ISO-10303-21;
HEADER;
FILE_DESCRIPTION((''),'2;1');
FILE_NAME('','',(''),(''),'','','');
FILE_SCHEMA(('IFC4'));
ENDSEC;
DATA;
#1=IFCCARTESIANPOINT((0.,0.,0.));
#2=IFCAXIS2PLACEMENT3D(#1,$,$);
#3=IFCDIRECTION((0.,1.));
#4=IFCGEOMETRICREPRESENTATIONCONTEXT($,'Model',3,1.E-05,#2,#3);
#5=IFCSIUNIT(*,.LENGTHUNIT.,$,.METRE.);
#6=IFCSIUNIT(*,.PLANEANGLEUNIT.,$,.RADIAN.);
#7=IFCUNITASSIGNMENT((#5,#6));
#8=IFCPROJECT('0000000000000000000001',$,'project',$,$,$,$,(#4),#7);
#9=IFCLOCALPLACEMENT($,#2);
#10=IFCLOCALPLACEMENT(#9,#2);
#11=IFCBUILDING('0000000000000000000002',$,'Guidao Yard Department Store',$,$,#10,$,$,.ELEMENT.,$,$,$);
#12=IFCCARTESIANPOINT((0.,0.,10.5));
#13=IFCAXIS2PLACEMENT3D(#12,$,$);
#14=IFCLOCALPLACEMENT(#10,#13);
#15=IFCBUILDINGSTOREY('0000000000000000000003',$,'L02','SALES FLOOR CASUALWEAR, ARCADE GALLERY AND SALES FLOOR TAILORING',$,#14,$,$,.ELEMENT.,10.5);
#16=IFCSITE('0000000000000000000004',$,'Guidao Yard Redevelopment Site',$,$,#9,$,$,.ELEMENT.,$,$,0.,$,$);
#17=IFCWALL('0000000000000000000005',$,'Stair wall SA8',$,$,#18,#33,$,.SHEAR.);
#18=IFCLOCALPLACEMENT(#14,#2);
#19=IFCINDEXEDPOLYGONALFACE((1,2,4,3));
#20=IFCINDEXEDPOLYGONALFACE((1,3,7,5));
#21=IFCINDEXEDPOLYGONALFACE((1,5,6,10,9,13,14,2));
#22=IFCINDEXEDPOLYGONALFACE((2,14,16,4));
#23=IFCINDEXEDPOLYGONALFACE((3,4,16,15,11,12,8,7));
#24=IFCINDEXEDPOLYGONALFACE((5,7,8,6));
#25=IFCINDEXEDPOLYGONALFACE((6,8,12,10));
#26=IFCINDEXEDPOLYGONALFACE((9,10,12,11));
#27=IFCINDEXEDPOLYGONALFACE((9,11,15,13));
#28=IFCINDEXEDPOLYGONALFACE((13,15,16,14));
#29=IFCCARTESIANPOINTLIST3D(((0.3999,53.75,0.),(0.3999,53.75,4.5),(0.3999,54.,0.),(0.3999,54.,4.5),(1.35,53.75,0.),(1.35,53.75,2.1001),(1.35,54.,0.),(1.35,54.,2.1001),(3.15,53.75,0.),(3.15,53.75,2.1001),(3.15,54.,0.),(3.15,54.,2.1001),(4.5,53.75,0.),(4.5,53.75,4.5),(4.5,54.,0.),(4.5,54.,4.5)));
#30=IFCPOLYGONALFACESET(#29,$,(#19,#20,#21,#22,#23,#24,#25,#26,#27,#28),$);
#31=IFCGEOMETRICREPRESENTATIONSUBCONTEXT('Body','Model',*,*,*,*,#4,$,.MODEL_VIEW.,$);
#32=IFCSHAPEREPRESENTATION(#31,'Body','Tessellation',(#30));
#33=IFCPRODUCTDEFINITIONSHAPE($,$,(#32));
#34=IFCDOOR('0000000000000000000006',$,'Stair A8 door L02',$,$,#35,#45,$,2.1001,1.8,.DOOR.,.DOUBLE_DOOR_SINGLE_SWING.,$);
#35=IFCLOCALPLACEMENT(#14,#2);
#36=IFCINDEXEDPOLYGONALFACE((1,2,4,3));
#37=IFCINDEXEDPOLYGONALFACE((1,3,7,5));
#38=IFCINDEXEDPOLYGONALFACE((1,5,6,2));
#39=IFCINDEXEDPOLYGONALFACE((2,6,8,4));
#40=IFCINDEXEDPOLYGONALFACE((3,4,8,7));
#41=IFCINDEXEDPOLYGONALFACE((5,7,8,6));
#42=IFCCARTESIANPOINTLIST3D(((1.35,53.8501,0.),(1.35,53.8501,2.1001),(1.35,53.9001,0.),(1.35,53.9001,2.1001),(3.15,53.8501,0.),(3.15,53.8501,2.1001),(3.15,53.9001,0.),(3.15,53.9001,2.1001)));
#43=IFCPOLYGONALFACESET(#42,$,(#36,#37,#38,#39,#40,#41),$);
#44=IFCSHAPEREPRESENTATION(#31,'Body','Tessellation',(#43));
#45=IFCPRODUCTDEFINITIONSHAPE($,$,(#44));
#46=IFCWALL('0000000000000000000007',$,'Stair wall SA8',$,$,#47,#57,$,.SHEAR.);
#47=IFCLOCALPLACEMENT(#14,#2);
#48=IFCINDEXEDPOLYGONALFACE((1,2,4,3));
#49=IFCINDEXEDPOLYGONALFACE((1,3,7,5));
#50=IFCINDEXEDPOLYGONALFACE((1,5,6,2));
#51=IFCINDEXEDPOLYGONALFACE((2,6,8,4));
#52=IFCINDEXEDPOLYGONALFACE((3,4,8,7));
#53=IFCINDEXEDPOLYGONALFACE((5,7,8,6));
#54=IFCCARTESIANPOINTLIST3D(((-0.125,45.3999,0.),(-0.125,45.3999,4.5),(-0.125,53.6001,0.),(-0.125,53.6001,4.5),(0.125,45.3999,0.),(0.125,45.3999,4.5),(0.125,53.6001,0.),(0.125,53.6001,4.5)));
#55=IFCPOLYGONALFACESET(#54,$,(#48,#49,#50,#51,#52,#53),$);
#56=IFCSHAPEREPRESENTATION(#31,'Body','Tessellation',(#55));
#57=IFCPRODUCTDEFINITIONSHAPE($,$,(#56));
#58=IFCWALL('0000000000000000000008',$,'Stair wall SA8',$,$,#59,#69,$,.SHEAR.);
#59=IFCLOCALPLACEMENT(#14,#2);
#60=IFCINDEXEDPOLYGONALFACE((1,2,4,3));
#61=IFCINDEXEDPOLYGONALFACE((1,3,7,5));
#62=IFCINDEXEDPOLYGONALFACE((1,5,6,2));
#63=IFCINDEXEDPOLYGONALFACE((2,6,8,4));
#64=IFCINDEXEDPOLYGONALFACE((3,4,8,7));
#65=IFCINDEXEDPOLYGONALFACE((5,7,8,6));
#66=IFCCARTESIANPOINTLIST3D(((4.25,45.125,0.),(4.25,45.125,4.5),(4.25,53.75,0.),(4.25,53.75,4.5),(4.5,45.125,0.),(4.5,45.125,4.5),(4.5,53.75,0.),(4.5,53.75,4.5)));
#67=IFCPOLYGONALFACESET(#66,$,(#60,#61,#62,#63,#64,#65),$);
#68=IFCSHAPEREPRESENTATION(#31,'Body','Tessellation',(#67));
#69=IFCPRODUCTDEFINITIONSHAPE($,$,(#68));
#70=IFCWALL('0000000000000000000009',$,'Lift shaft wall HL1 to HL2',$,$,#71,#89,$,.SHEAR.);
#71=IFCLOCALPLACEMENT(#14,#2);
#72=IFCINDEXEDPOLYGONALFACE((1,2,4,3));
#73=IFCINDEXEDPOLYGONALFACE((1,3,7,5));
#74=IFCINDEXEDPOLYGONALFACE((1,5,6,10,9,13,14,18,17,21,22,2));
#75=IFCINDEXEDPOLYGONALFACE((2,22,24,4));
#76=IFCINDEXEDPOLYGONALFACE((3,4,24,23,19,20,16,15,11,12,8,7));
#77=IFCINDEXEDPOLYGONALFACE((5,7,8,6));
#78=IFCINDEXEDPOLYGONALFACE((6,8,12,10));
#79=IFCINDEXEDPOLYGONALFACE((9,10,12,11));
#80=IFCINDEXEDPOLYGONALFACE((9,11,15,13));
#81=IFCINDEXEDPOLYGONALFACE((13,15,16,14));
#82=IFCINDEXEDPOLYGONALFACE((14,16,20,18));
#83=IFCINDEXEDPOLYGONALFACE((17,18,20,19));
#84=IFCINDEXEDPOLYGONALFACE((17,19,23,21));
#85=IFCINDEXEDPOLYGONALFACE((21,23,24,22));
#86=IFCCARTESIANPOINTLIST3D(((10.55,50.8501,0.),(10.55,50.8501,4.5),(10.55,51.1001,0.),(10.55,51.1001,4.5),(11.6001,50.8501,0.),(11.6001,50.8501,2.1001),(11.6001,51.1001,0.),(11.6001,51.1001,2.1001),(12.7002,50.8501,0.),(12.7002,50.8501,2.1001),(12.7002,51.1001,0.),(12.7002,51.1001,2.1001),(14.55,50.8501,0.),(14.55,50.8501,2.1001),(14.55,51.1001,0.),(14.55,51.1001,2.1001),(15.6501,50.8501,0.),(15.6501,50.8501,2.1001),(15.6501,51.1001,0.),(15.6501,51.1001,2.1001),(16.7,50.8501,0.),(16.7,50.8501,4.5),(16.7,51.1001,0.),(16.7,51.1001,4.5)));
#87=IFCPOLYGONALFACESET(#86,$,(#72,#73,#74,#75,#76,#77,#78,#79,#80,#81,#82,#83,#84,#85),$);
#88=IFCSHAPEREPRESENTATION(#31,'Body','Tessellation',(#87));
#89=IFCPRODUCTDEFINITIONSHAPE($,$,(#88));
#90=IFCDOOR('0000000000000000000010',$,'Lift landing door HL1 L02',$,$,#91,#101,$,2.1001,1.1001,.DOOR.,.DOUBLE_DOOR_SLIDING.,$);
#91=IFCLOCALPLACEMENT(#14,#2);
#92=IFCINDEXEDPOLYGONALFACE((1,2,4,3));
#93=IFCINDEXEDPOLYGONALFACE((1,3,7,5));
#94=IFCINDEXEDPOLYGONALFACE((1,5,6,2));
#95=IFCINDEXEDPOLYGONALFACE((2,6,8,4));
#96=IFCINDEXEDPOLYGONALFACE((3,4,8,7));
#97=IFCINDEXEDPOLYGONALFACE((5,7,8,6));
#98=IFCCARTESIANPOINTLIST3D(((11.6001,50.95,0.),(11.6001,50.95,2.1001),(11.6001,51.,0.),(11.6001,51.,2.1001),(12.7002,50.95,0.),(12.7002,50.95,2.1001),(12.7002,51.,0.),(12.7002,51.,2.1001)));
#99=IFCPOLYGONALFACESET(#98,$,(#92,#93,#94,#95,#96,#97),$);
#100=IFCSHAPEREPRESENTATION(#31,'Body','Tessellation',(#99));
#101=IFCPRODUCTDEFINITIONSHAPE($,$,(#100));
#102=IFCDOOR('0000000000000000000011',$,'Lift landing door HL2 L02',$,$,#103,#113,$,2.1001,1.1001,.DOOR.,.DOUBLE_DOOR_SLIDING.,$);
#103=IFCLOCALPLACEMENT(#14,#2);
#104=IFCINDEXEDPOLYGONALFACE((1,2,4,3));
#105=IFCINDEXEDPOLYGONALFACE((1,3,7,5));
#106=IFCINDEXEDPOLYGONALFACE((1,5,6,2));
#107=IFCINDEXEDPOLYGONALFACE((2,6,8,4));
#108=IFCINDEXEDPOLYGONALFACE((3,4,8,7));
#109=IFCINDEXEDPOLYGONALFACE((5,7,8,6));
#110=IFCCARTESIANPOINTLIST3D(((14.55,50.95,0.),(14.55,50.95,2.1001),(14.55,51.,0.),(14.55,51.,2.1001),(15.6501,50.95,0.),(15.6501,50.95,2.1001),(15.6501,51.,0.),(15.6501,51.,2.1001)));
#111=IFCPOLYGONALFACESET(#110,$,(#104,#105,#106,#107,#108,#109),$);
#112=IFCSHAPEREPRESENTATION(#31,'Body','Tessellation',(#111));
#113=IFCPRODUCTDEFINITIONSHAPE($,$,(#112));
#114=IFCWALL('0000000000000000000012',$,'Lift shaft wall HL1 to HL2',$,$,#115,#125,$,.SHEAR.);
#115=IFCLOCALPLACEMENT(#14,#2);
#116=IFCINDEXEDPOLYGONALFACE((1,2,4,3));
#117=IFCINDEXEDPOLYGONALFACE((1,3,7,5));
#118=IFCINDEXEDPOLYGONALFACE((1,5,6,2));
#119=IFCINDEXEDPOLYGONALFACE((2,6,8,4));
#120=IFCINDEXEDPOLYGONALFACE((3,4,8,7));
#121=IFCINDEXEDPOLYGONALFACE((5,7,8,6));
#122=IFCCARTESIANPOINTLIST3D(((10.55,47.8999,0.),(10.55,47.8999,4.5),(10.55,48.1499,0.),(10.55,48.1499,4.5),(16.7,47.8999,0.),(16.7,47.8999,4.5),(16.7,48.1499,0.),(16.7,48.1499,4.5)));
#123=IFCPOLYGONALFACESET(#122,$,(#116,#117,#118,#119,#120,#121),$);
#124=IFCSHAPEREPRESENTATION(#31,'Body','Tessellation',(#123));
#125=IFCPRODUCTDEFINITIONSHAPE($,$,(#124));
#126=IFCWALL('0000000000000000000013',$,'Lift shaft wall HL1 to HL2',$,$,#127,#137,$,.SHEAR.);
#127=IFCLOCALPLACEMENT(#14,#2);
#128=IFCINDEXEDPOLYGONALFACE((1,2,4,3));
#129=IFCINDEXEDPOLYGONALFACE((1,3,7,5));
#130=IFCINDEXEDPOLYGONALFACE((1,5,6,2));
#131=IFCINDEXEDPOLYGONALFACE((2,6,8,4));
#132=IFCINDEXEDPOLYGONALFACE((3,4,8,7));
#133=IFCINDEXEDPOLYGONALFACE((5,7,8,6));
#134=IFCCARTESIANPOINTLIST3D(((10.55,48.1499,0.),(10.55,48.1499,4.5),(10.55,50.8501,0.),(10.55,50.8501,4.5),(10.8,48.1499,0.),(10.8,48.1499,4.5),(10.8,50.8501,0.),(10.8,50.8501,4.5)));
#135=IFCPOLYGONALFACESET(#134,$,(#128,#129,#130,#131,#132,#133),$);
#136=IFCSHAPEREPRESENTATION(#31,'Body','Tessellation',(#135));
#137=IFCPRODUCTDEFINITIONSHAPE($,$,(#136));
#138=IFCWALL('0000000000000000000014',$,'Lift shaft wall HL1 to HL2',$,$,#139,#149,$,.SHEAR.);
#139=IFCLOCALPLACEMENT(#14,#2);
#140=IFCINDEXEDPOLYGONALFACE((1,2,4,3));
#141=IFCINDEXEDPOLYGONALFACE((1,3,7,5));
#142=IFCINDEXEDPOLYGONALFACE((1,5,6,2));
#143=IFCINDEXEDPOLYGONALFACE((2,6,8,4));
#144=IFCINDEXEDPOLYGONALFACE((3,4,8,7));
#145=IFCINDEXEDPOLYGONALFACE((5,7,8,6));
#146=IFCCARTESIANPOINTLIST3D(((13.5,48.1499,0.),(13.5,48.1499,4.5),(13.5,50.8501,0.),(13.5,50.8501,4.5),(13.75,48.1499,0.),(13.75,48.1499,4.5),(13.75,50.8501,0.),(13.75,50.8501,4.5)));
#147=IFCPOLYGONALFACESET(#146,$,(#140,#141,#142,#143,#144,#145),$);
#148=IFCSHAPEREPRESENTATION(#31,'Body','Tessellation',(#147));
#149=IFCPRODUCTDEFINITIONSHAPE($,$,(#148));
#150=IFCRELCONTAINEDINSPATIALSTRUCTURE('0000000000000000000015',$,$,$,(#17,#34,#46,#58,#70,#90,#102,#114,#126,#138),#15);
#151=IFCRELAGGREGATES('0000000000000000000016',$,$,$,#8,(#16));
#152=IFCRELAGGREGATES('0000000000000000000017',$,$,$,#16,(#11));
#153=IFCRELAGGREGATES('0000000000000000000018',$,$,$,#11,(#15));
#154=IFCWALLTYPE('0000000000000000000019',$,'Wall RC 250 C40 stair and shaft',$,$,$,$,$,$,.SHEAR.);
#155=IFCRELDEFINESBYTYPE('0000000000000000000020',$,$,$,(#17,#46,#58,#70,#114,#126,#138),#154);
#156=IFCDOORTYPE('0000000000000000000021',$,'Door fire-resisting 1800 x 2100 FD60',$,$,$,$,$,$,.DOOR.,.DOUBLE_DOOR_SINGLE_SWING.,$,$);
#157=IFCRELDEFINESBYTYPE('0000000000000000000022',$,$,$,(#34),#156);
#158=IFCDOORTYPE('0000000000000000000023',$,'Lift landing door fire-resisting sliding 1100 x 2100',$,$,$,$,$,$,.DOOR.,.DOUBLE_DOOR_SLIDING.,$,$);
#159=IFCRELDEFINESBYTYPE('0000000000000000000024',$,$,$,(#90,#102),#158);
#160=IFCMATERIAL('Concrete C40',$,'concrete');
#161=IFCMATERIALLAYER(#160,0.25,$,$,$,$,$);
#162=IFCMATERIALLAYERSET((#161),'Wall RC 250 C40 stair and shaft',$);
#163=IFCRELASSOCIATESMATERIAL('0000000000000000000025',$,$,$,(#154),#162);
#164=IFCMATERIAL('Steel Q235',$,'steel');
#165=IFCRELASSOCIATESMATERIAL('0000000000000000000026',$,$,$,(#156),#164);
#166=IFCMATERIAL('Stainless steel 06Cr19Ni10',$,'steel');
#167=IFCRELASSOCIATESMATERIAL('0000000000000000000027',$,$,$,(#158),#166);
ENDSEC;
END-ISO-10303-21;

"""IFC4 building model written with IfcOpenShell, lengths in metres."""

from ifc_helpers import new_model, si_unit, direction, frame, frame_2d, origin, place, context, subcontext, project, spatial, rectangle, extrude, material, layer, layer_set, type_object, element, fill, save


model = new_model("IFC4")

# Units and contexts
model_context = context("Model", 3, precision=1e-05, world=origin(), true_north=direction((0.0, 1.0)))
body_context = subcontext(model_context, "Body", "Model", "MODEL_VIEW")
ifc_project = project(units=[si_unit("LENGTHUNIT", "METRE"), si_unit("PLANEANGLEUNIT", "RADIAN")], contexts=[model_context])

# Site, building, storey
site_placement = place(None, origin())
site = spatial("IfcSite", under=ifc_project, at=site_placement, Name="Guidao Yard Redevelopment Site", CompositionType="ELEMENT", RefElevation=0.0)
building_placement = place(site_placement, origin())
building = spatial("IfcBuilding", under=site, at=building_placement, Name="Guidao Yard Department Store", CompositionType="ELEMENT")
storey_placement = place(building_placement, frame((0.0, 0.0, 10.5)))
storey = spatial("IfcBuildingStorey", under=building, at=storey_placement, Name="L02", Description="SALES FLOOR CASUALWEAR, ARCADE GALLERY AND SALES FLOOR TAILORING", CompositionType="ELEMENT", Elevation=10.5)

# Shared definitions
ifc_material_1 = material(Name="Concrete C40", Category="concrete")
ifc_layer_1 = layer(ifc_material_1, 0.25)
ifc_layer_set_1 = layer_set([ifc_layer_1], Name="Wall RC 250 C40 stair and shaft")
wall_type_1 = type_object("IfcWallType", Name="Wall RC 250 C40 stair and shaft", PredefinedType="SHEAR", material=ifc_layer_set_1)

# Wall, opening, door
wall_1_placement = place(storey_placement, frame((0.3999, 53.875, 0.0), z_axis=(0.0, 0.0, 1.0), x_axis=(1.0, 0.0, 0.0)))
wall_1 = element("IfcWall", 1, at=wall_1_placement, inside=storey, type_object=wall_type_1, Name="Stair wall SA8", PredefinedType="SHEAR", context=body_context, shape_type="SweptSolid", body=[
    extrude(rectangle(XDim=4.1001, YDim=0.25, at=frame_2d((2.05, 0.0))), origin(), (0.0, 0.0, 1.0), 4.5),
])
opening_1_placement = place(wall_1_placement, frame((2.75, 0.0, 0.0), z_axis=(0.0, 0.0, 1.0), x_axis=(-1.0, 0.0, 0.0)))
opening_1 = element("IfcOpeningElement", 2, at=opening_1_placement, cuts=wall_1, PredefinedType="OPENING", context=body_context, shape_type="SweptSolid", body=[
    extrude(rectangle(XDim=1.8, YDim=2.1001, at=frame_2d((0.8999, 1.05))), frame((0.0, 0.135, 0.0), z_axis=(0.0, -1.0, 0.0), x_axis=(1.0, 0.0, 0.0)), (0.0, 0.0, 1.0), 0.27),
])
ifc_material_2 = material(Name="Steel Q235", Category="steel")
door_type_1 = type_object("IfcDoorType", Name="Door fire-resisting 1800 x 2100 FD60", OperationType="DOUBLE_DOOR_SINGLE_SWING", PredefinedType="DOOR", material=ifc_material_2)
door_1_placement = place(opening_1_placement, origin())
door_1 = element("IfcDoor", 3, at=door_1_placement, inside=storey, type_object=door_type_1, Name="Stair A8 door L02", OperationType="DOUBLE_DOOR_SINGLE_SWING", OverallHeight=2.1001, OverallWidth=1.8, PredefinedType="DOOR", context=body_context, shape_type="SweptSolid", body=[
    extrude(rectangle(XDim=1.8, YDim=2.1001, at=frame_2d((0.8999, 1.05))), frame((0.0, 0.0249, 0.0), z_axis=(0.0, -1.0, 0.0), x_axis=(1.0, 0.0, 0.0)), (0.0, 0.0, 1.0), 0.05),
])
fill(opening_1, door_1)

# Walls
wall_2_placement = place(storey_placement, frame((0.0, 45.3999, 0.0), z_axis=(0.0, 0.0, 1.0), x_axis=(0.0, 1.0, 0.0)))
element("IfcWall", 4, at=wall_2_placement, inside=storey, type_object=wall_type_1, Name="Stair wall SA8", PredefinedType="SHEAR", context=body_context, shape_type="SweptSolid", body=[
    extrude(rectangle(XDim=8.2002, YDim=0.25, at=frame_2d((4.1001, 0.0))), origin(), (0.0, 0.0, 1.0), 4.5),
])
wall_3_placement = place(storey_placement, frame((4.375, 45.125, 0.0), z_axis=(0.0, 0.0, 1.0), x_axis=(0.0, 1.0, 0.0)))
element("IfcWall", 5, at=wall_3_placement, inside=storey, type_object=wall_type_1, Name="Stair wall SA8", PredefinedType="SHEAR", context=body_context, shape_type="SweptSolid", body=[
    extrude(rectangle(XDim=8.625, YDim=0.25, at=frame_2d((4.3125, 0.0))), origin(), (0.0, 0.0, 1.0), 4.5),
])

# Wall, openings, doors
wall_4_placement = place(storey_placement, frame((10.55, 50.9751, 0.0), z_axis=(0.0, 0.0, 1.0), x_axis=(1.0, 0.0, 0.0)))
wall_4 = element("IfcWall", 6, at=wall_4_placement, inside=storey, type_object=wall_type_1, Name="Lift shaft wall HL1 to HL2", PredefinedType="SHEAR", context=body_context, shape_type="SweptSolid", body=[
    extrude(rectangle(XDim=6.1499, YDim=0.25, at=frame_2d((3.075, 0.0))), origin(), (0.0, 0.0, 1.0), 4.5),
])
opening_2_placement = place(wall_4_placement, frame((1.05, 0.0, 0.0)))
opening_2 = element("IfcOpeningElement", 7, at=opening_2_placement, cuts=wall_4, PredefinedType="OPENING", context=body_context, shape_type="SweptSolid", body=[
    extrude(rectangle(XDim=1.1001, YDim=2.1001, at=frame_2d((0.55, 1.05))), frame((0.0, 0.135, 0.0), z_axis=(0.0, -1.0, 0.0), x_axis=(1.0, 0.0, 0.0)), (0.0, 0.0, 1.0), 0.27),
])
opening_3_placement = place(wall_4_placement, frame((4.0, 0.0, 0.0)))
opening_3 = element("IfcOpeningElement", 8, at=opening_3_placement, cuts=wall_4, PredefinedType="OPENING", context=body_context, shape_type="SweptSolid", body=[
    extrude(rectangle(XDim=1.1001, YDim=2.1001, at=frame_2d((0.55, 1.05))), frame((0.0, 0.135, 0.0), z_axis=(0.0, -1.0, 0.0), x_axis=(1.0, 0.0, 0.0)), (0.0, 0.0, 1.0), 0.27),
])
ifc_material_3 = material(Name="Stainless steel 06Cr19Ni10", Category="steel")
door_type_2 = type_object("IfcDoorType", Name="Lift landing door fire-resisting sliding 1100 x 2100", OperationType="DOUBLE_DOOR_SLIDING", PredefinedType="DOOR", material=ifc_material_3)
door_2_placement = place(opening_2_placement, origin())
door_2 = element("IfcDoor", 9, at=door_2_placement, inside=storey, type_object=door_type_2, Name="Lift landing door HL1 L02", OperationType="DOUBLE_DOOR_SLIDING", OverallHeight=2.1001, OverallWidth=1.1001, PredefinedType="DOOR", context=body_context, shape_type="SweptSolid", body=[
    extrude(rectangle(XDim=1.1001, YDim=2.1001, at=frame_2d((0.55, 1.05))), frame((0.0, 0.0249, 0.0), z_axis=(0.0, -1.0, 0.0), x_axis=(1.0, 0.0, 0.0)), (0.0, 0.0, 1.0), 0.05),
])
fill(opening_2, door_2)
door_3_placement = place(opening_3_placement, origin())
door_3 = element("IfcDoor", 10, at=door_3_placement, inside=storey, type_object=door_type_2, Name="Lift landing door HL2 L02", OperationType="DOUBLE_DOOR_SLIDING", OverallHeight=2.1001, OverallWidth=1.1001, PredefinedType="DOOR", context=body_context, shape_type="SweptSolid", body=[
    extrude(rectangle(XDim=1.1001, YDim=2.1001, at=frame_2d((0.55, 1.05))), frame((0.0, 0.0249, 0.0), z_axis=(0.0, -1.0, 0.0), x_axis=(1.0, 0.0, 0.0)), (0.0, 0.0, 1.0), 0.05),
])
fill(opening_3, door_3)

# Walls
wall_5_placement = place(storey_placement, frame((10.55, 48.0249, 0.0), z_axis=(0.0, 0.0, 1.0), x_axis=(1.0, 0.0, 0.0)))
element("IfcWall", 11, at=wall_5_placement, inside=storey, type_object=wall_type_1, Name="Lift shaft wall HL1 to HL2", PredefinedType="SHEAR", context=body_context, shape_type="SweptSolid", body=[
    extrude(rectangle(XDim=6.1499, YDim=0.25, at=frame_2d((3.075, 0.0))), origin(), (0.0, 0.0, 1.0), 4.5),
])
for number, where, z_axis, x_axis, name in (
    (12, (10.675, 48.1499, 0.0), (0.0, 0.0, 1.0), (0.0, 1.0, 0.0), "Lift shaft wall HL1 to HL2"),
    (13, (13.625, 48.1499, 0.0), (0.0, 0.0, 1.0), (0.0, 1.0, 0.0), "Lift shaft wall HL1 to HL2"),
):
    element("IfcWall", number, at=place(storey_placement, frame(where, z_axis=z_axis, x_axis=x_axis)), inside=storey, type_object=wall_type_1, Name=name, PredefinedType="SHEAR", context=body_context, shape_type="SweptSolid", body=[
        extrude(rectangle(XDim=2.7002, YDim=0.25, at=frame_2d((1.3501, 0.0))), origin(), (0.0, 0.0, 1.0), 4.5),
    ])

save(model, "model.ifc")
